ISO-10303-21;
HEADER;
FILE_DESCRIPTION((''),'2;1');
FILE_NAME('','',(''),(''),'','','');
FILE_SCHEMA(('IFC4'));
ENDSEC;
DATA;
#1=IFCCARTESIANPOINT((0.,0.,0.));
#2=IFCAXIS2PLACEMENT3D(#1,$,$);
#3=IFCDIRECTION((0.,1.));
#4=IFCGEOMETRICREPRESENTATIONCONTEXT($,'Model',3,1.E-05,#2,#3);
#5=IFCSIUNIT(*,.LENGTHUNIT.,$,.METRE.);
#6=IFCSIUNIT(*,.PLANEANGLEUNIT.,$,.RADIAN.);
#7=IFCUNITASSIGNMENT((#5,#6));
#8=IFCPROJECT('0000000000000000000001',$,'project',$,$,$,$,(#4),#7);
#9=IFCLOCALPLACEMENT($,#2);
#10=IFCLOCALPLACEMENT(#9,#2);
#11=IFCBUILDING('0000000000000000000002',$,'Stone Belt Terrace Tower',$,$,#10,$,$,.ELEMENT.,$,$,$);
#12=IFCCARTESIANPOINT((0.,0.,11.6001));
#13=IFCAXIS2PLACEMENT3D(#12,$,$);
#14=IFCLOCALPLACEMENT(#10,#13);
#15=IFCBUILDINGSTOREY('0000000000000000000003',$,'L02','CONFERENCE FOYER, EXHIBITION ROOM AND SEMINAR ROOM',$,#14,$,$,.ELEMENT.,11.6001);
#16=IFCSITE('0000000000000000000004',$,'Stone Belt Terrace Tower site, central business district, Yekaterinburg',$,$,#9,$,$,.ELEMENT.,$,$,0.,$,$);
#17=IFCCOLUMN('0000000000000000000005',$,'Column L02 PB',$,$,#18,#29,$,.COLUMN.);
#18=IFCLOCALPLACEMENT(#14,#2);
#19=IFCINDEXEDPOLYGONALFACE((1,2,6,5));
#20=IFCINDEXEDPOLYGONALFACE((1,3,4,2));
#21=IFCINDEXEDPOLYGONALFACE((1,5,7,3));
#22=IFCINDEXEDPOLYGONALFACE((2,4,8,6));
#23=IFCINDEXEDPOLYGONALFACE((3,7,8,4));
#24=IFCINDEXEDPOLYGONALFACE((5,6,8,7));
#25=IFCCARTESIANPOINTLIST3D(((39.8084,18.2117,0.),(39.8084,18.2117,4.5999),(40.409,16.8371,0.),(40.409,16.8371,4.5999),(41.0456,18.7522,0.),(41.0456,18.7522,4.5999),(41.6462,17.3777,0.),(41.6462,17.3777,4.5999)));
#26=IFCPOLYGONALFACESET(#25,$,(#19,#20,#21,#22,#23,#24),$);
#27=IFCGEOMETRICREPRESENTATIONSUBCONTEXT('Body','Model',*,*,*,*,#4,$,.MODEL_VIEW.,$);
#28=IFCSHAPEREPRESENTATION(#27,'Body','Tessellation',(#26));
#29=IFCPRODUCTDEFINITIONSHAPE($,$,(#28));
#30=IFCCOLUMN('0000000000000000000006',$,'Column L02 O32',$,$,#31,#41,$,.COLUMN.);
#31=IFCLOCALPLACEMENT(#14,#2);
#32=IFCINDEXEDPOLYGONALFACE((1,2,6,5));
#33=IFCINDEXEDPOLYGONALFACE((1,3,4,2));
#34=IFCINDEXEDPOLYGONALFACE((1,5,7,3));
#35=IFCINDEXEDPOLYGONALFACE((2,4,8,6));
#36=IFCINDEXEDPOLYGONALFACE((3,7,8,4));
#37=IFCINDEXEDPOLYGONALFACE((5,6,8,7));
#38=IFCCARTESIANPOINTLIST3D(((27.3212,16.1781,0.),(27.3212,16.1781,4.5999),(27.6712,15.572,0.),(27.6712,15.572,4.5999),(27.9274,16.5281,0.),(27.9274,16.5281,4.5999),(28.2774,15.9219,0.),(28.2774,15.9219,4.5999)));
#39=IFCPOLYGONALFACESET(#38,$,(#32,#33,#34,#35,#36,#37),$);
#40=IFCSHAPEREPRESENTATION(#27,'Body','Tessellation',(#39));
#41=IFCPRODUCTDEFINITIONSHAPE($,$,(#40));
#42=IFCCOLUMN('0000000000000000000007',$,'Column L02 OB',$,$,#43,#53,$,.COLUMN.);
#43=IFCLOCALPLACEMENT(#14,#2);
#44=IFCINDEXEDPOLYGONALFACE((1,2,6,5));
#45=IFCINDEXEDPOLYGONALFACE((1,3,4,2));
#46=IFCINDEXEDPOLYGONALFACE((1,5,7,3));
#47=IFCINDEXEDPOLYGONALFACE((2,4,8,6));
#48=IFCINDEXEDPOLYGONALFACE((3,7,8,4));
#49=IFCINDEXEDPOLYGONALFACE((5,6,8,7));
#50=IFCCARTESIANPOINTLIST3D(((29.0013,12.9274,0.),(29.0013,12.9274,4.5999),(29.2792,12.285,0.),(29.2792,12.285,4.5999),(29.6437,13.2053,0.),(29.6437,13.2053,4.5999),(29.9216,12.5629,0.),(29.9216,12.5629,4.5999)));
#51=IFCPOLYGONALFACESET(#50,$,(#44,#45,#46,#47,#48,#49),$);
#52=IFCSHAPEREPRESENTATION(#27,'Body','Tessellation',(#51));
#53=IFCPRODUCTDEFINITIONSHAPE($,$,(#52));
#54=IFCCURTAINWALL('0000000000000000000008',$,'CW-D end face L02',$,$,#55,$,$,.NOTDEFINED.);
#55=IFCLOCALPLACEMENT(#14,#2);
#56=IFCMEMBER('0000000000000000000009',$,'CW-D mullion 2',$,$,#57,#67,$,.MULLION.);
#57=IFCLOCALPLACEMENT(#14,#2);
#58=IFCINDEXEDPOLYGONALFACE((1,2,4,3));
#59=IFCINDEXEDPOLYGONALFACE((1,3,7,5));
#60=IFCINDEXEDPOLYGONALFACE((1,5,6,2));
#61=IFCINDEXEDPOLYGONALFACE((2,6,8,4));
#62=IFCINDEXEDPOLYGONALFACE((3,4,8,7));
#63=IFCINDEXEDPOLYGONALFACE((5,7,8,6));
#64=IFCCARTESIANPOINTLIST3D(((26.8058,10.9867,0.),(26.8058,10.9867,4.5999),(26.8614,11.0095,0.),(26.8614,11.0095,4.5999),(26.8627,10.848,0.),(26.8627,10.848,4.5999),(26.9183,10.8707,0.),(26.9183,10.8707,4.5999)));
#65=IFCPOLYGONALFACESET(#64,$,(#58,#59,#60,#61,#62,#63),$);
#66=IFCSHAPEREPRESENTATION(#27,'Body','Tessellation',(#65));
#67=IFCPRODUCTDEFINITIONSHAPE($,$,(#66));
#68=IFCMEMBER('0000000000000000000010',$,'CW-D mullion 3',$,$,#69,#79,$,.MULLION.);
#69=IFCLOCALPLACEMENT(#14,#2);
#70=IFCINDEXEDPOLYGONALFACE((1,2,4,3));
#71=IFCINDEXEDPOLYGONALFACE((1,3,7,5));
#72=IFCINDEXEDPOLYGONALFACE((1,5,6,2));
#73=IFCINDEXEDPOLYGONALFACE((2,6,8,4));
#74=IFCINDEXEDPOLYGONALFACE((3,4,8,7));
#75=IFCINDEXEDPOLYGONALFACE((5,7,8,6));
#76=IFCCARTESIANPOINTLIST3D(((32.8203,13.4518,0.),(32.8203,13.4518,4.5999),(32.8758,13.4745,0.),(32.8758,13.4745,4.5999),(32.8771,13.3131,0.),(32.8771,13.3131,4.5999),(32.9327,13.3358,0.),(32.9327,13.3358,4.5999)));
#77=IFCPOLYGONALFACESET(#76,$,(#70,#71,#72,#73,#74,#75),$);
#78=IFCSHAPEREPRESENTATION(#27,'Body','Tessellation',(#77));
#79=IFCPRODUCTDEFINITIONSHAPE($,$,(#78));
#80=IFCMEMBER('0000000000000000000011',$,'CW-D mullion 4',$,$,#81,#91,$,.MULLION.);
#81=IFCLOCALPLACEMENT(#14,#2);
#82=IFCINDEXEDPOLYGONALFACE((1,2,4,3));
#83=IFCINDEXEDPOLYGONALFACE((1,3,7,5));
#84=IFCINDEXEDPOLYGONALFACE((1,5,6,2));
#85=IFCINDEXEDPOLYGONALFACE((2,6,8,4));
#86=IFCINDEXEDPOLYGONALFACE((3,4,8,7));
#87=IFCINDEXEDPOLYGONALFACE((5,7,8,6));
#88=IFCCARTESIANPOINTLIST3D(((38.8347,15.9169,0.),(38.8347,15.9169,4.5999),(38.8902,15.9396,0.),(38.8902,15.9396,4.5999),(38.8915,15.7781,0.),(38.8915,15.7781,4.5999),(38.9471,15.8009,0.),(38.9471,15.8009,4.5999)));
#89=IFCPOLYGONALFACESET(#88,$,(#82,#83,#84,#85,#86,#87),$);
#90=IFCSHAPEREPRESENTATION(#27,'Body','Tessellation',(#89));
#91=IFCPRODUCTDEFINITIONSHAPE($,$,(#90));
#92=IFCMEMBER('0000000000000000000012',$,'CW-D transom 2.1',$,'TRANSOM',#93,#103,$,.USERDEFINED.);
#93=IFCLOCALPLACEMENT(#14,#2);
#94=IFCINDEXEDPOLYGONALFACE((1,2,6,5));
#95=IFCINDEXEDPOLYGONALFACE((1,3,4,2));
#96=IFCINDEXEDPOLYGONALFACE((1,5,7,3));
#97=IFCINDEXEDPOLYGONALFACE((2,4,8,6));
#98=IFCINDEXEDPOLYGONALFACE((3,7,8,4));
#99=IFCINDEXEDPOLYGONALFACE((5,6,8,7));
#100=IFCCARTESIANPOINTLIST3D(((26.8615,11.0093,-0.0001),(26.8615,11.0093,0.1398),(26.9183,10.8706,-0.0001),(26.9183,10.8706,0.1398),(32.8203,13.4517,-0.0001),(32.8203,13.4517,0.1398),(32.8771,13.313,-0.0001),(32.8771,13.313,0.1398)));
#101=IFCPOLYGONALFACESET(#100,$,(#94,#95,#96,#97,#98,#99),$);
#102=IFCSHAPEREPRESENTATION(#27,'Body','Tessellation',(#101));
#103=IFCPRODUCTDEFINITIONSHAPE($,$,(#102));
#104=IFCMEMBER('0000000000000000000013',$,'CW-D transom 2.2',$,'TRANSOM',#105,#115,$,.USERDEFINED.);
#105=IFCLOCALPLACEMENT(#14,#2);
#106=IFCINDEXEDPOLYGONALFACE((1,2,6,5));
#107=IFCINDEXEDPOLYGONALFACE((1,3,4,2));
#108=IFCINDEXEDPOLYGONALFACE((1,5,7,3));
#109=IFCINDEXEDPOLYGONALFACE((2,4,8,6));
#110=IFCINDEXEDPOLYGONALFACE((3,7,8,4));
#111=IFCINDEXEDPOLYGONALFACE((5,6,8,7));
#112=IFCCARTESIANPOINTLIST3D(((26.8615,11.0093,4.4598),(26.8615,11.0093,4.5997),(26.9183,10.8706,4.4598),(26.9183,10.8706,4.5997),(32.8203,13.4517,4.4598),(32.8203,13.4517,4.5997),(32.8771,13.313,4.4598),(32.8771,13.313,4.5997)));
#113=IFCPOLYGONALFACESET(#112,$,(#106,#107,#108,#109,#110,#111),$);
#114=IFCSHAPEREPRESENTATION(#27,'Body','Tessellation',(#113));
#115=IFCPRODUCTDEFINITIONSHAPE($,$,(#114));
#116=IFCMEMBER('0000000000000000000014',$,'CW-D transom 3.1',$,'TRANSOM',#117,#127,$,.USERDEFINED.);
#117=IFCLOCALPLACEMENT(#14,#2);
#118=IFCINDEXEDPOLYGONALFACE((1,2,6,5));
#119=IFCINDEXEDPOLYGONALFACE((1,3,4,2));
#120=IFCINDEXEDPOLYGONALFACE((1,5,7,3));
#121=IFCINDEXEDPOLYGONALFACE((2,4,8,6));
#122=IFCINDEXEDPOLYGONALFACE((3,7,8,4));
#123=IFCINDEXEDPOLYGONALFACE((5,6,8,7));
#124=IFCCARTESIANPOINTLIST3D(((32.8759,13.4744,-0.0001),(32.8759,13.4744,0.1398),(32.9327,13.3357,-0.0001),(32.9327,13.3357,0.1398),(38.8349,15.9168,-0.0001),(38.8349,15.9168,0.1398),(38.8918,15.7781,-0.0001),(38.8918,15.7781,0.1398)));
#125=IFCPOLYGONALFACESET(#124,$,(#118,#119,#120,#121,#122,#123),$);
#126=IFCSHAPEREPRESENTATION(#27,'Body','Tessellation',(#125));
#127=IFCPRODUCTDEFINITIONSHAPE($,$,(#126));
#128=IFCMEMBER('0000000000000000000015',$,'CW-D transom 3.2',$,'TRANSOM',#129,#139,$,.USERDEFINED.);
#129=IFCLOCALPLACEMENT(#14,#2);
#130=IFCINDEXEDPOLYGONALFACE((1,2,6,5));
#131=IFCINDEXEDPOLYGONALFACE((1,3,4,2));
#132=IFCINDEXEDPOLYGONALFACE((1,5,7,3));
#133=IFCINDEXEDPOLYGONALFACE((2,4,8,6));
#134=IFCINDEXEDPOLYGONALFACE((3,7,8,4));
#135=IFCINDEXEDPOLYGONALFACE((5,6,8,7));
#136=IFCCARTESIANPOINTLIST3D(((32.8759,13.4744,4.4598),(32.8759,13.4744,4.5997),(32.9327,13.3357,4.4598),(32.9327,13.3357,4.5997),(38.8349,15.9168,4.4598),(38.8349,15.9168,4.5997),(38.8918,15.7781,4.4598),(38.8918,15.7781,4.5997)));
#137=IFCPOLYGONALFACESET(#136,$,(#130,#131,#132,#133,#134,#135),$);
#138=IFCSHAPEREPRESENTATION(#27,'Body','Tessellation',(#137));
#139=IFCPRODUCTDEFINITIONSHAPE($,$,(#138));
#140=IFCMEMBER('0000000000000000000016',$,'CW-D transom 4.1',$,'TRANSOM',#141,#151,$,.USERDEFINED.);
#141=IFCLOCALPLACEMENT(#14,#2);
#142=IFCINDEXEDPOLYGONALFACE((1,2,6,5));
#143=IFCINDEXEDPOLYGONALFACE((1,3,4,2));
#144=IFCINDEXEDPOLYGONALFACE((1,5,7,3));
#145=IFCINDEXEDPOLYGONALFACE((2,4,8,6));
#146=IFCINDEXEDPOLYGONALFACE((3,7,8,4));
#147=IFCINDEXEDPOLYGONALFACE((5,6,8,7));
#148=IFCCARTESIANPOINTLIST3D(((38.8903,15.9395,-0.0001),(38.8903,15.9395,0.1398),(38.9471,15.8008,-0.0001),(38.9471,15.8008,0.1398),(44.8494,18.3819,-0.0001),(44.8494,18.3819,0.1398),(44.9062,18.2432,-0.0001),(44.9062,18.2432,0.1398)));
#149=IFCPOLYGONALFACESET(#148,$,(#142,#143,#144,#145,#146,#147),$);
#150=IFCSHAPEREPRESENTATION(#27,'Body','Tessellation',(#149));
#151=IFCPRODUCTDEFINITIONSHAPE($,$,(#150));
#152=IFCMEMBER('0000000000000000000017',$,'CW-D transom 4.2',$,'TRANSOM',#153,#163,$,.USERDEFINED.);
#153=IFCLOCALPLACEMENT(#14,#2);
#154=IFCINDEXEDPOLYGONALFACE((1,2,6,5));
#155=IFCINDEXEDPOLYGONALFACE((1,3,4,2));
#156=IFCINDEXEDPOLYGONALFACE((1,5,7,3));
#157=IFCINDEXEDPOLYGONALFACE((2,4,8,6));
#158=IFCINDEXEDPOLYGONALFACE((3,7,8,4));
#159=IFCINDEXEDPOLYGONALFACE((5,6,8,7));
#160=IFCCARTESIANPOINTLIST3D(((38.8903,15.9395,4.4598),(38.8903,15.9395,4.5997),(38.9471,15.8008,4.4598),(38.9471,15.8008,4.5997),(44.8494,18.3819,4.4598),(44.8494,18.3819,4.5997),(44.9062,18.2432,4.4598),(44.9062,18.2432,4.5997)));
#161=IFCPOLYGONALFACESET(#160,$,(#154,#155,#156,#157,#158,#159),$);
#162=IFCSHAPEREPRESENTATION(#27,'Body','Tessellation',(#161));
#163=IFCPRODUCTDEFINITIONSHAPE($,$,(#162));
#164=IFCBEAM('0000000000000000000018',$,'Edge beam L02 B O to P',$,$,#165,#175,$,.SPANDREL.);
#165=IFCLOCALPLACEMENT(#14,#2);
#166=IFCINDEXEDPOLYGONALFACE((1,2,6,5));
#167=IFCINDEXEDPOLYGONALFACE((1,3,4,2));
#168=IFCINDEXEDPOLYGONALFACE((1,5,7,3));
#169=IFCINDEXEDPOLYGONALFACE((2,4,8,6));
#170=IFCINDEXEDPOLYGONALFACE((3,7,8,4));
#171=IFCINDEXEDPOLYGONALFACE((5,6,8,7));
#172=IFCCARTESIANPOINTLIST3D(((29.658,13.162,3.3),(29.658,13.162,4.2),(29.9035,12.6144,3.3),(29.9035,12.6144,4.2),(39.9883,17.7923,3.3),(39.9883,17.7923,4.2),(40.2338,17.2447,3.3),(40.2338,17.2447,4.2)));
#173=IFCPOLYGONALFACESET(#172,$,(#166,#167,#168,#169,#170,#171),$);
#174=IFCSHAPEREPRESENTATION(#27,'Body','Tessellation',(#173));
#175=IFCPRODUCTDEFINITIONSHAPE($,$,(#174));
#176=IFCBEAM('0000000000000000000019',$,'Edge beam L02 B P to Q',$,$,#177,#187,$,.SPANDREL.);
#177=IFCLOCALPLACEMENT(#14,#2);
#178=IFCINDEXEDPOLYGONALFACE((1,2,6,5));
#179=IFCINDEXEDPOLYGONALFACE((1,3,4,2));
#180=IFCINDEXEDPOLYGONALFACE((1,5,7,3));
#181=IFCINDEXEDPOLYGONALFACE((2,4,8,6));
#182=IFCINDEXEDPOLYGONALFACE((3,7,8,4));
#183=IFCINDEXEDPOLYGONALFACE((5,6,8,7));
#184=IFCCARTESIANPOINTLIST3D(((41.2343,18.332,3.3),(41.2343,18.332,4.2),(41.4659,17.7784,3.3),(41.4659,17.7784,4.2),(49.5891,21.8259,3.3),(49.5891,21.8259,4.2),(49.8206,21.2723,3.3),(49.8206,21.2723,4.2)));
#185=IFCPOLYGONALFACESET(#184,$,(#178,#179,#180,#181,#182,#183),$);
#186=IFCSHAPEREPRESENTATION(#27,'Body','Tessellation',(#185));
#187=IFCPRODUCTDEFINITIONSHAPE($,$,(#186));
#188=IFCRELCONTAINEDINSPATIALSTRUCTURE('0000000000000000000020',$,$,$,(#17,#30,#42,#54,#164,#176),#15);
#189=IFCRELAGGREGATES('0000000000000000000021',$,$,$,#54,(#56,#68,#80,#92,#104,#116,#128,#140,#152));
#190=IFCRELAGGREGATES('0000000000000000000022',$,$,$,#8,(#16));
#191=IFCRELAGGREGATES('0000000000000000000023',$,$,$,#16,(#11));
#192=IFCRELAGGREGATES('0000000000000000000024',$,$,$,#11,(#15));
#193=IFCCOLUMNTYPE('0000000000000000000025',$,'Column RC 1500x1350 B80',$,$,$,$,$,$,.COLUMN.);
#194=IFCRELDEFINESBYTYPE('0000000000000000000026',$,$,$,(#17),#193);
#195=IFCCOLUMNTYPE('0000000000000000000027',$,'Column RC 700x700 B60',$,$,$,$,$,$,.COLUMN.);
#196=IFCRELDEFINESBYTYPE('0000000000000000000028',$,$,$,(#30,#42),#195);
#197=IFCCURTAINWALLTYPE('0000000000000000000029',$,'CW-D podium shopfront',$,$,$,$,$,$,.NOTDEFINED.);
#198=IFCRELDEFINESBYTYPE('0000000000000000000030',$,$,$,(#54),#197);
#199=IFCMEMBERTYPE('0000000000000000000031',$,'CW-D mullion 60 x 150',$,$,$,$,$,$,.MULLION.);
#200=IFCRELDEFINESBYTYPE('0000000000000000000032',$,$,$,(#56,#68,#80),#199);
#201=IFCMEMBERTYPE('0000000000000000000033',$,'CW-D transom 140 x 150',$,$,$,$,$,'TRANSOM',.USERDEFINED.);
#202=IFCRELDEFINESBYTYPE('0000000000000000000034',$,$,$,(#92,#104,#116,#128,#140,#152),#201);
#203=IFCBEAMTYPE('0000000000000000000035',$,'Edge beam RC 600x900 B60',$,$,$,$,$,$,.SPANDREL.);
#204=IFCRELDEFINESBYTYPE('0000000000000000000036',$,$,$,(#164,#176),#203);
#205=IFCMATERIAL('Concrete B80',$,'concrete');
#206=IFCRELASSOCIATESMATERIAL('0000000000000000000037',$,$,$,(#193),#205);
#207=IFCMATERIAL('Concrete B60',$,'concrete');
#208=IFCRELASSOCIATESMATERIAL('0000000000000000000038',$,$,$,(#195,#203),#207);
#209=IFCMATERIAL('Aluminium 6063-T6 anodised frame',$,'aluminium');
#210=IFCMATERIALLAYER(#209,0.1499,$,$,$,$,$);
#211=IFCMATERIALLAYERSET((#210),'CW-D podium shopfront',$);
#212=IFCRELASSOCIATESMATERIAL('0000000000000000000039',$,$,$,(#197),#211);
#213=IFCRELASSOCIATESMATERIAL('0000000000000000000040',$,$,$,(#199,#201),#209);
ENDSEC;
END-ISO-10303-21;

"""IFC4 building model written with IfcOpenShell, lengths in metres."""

from ifc_helpers import new_model, si_unit, direction, frame, origin, origin_2d, place, context, subcontext, project, spatial, rectangle, extrude, material, layer, layer_set, material_profile, profile_set, type_object, element, aggregate, save


model = new_model("IFC4")

# Units and contexts
model_context = context("Model", 3, precision=1e-05, world=origin(), true_north=direction((0.0, 1.0)))
body_context = subcontext(model_context, "Body", "Model", "MODEL_VIEW")
ifc_project = project(units=[si_unit("LENGTHUNIT", "METRE"), si_unit("PLANEANGLEUNIT", "RADIAN")], contexts=[model_context])

# Site, building, storey
site_placement = place(None, origin())
site = spatial("IfcSite", under=ifc_project, at=site_placement, Name="Stone Belt Terrace Tower site, central business district, Yekaterinburg", CompositionType="ELEMENT", RefElevation=0.0)
building_placement = place(site_placement, origin())
building = spatial("IfcBuilding", under=site, at=building_placement, Name="Stone Belt Terrace Tower", CompositionType="ELEMENT")
storey_placement = place(building_placement, frame((0.0, 0.0, 11.6001)))
storey = spatial("IfcBuildingStorey", under=building, at=storey_placement, Name="L02", Description="CONFERENCE FOYER, EXHIBITION ROOM AND SEMINAR ROOM", CompositionType="ELEMENT", Elevation=11.6001)

# Columns
ifc_material_1 = material(Name="Concrete B80", Category="concrete")
ifc_material_profile_1 = material_profile(ifc_material_1, rectangle(XDim=1.5, YDim=1.3501, at=origin_2d()), Name="RC 1500x1350")
ifc_profile_set_1 = profile_set([ifc_material_profile_1], Name="Concrete B80")
column_type_1 = type_object("IfcColumnType", Name="Column RC 1500x1350 B80", PredefinedType="COLUMN", material=ifc_profile_set_1)
column_placement = place(storey_placement, frame((40.7273, 17.7947, 0.0), z_axis=(0.0, 0.0, 1.0), x_axis=(0.400376, -0.916351, 0.0)))
element("IfcColumn", 1, at=column_placement, inside=storey, type_object=column_type_1, Name="Column L02 PB", PredefinedType="COLUMN", context=body_context, shape_type="SweptSolid", body=[
    extrude(rectangle(XDim=1.5, YDim=1.3501, at=origin_2d()), origin(), (0.0, 0.0, 1.0), 4.5999),
])
ifc_material_2 = material(Name="Concrete B60", Category="concrete")
ifc_material_profile_2 = material_profile(ifc_material_2, rectangle(XDim=0.7, YDim=0.7, at=origin_2d()), Name="RC 700x700")
ifc_profile_set_2 = profile_set([ifc_material_profile_2], Name="Concrete B60")
column_type_2 = type_object("IfcColumnType", Name="Column RC 700x700 B60", PredefinedType="COLUMN", material=ifc_profile_set_2)
for number, where, z_axis, x_axis, name in (
    (2, (27.7993, 16.05, 0.0), (0.0, 0.0, 1.0), (0.5, -0.866025, 0.0), "Column L02 O32"),
    (3, (29.4614, 12.7451, 0.0), (0.0, 0.0, 1.0), (0.397044, -0.9178, 0.0), "Column L02 OB"),
):
    element("IfcColumn", number, at=place(storey_placement, frame(where, z_axis=z_axis, x_axis=x_axis)), inside=storey, type_object=column_type_2, Name=name, PredefinedType="COLUMN", context=body_context, shape_type="SweptSolid", body=[
        extrude(rectangle(XDim=0.7, YDim=0.7, at=origin_2d()), origin(), (0.0, 0.0, 1.0), 4.5999),
    ])

# Curtain wall, members
ifc_material_3 = material(Name="Aluminium 6063-T6 anodised frame", Category="aluminium")
ifc_layer_1 = layer(ifc_material_3, 0.1499)
ifc_layer_set_1 = layer_set([ifc_layer_1], Name="CW-D podium shopfront")
curtain_wall_type = type_object("IfcCurtainWallType", Name="CW-D podium shopfront", PredefinedType="NOTDEFINED", material=ifc_layer_set_1)
curtain_wall_placement = place(storey_placement, origin())
curtain_wall = element("IfcCurtainWall", 4, at=curtain_wall_placement, inside=storey, type_object=curtain_wall_type, Name="CW-D end face L02", PredefinedType="NOTDEFINED")
ifc_material_profile_3 = material_profile(ifc_material_3, rectangle(XDim=0.1499, YDim=0.0601, at=origin_2d()), Name="Aluminium 6063-T6 60x150")
ifc_profile_set_3 = profile_set([ifc_material_profile_3], Name="Aluminium 6063-T6 anodised frame")
member_type_1 = type_object("IfcMemberType", Name="CW-D mullion 60 x 150", PredefinedType="MULLION", material=ifc_profile_set_3)
member_1_placement = place(storey_placement, frame((26.8621, 10.9287, 0.0), z_axis=(0.0, 0.0, 1.0), x_axis=(-0.379243, 0.925297, 0.0)))
member_1 = element("IfcMember", 5, at=member_1_placement, type_object=member_type_1, Name="CW-D mullion 2", PredefinedType="MULLION", context=body_context, shape_type="SweptSolid", body=[
    extrude(rectangle(XDim=0.1499, YDim=0.0601, at=origin_2d()), origin(), (0.0, 0.0, 1.0), 4.5999),
])
member_2_placement = place(storey_placement, frame((32.8765, 13.3938, 0.0), z_axis=(0.0, 0.0, 1.0), x_axis=(-0.379243, 0.925297, 0.0)))
member_2 = element("IfcMember", 6, at=member_2_placement, type_object=member_type_1, Name="CW-D mullion 3", PredefinedType="MULLION", context=body_context, shape_type="SweptSolid", body=[
    extrude(rectangle(XDim=0.1499, YDim=0.0601, at=origin_2d()), origin(), (0.0, 0.0, 1.0), 4.5999),
])
member_3_placement = place(storey_placement, frame((38.8909, 15.8589, 0.0), z_axis=(0.0, 0.0, 1.0), x_axis=(-0.379243, 0.925297, 0.0)))
member_3 = element("IfcMember", 7, at=member_3_placement, type_object=member_type_1, Name="CW-D mullion 4", PredefinedType="MULLION", context=body_context, shape_type="SweptSolid", body=[
    extrude(rectangle(XDim=0.1499, YDim=0.0601, at=origin_2d()), origin(), (0.0, 0.0, 1.0), 4.5999),
])
ifc_material_profile_4 = material_profile(ifc_material_3, rectangle(XDim=0.1499, YDim=0.1399, at=origin_2d()), Name="Aluminium 6063-T6 150x140")
ifc_profile_set_4 = profile_set([ifc_material_profile_4], Name="Aluminium 6063-T6 anodised frame")
member_type_2 = type_object("IfcMemberType", Name="CW-D transom 140 x 150", ElementType="TRANSOM", PredefinedType="USERDEFINED", material=ifc_profile_set_4)
member_4_placement = place(storey_placement, frame((26.8899, 10.9399, 0.0698), z_axis=(0.92529, 0.37926, 0.0), x_axis=(-0.37926, 0.92529, 0.0)))
member_4 = element("IfcMember", 8, at=member_4_placement, type_object=member_type_2, Name="CW-D transom 2.1", ObjectType="TRANSOM", PredefinedType="USERDEFINED", context=body_context, shape_type="SweptSolid", body=[
    extrude(rectangle(XDim=0.1499, YDim=0.1399, at=origin_2d()), origin(), (0.0, 0.0, 1.0), 6.4399),
])
member_5_placement = place(storey_placement, frame((26.8899, 10.9399, 4.5298), z_axis=(0.92529, 0.37926, 0.0), x_axis=(-0.37926, 0.92529, 0.0)))
member_5 = element("IfcMember", 9, at=member_5_placement, type_object=member_type_2, Name="CW-D transom 2.2", ObjectType="TRANSOM", PredefinedType="USERDEFINED", context=body_context, shape_type="SweptSolid", body=[
    extrude(rectangle(XDim=0.1499, YDim=0.1399, at=origin_2d()), origin(), (0.0, 0.0, 1.0), 6.4399),
])
member_6_placement = place(storey_placement, frame((32.9043, 13.405, 0.0698), z_axis=(0.925296, 0.379247, 0.0), x_axis=(-0.379247, 0.925296, 0.0)))
member_6 = element("IfcMember", 10, at=member_6_placement, type_object=member_type_2, Name="CW-D transom 3.1", ObjectType="TRANSOM", PredefinedType="USERDEFINED", context=body_context, shape_type="SweptSolid", body=[
    extrude(rectangle(XDim=0.1499, YDim=0.1399, at=origin_2d()), origin(), (0.0, 0.0, 1.0), 6.4402),
])
member_7_placement = place(storey_placement, frame((32.9043, 13.405, 4.5298), z_axis=(0.925296, 0.379247, 0.0), x_axis=(-0.379247, 0.925296, 0.0)))
member_7 = element("IfcMember", 11, at=member_7_placement, type_object=member_type_2, Name="CW-D transom 3.2", ObjectType="TRANSOM", PredefinedType="USERDEFINED", context=body_context, shape_type="SweptSolid", body=[
    extrude(rectangle(XDim=0.1499, YDim=0.1399, at=origin_2d()), origin(), (0.0, 0.0, 1.0), 6.4402),
])
member_8_placement = place(storey_placement, frame((38.9187, 15.8701, 0.0698), z_axis=(0.925296, 0.379247, 0.0), x_axis=(-0.379247, 0.925296, 0.0)))
member_8 = element("IfcMember", 12, at=member_8_placement, type_object=member_type_2, Name="CW-D transom 4.1", ObjectType="TRANSOM", PredefinedType="USERDEFINED", context=body_context, shape_type="SweptSolid", body=[
    extrude(rectangle(XDim=0.1499, YDim=0.1399, at=origin_2d()), origin(), (0.0, 0.0, 1.0), 6.4402),
])
member_9_placement = place(storey_placement, frame((38.9187, 15.8701, 4.5298), z_axis=(0.925296, 0.379247, 0.0), x_axis=(-0.379247, 0.925296, 0.0)))
member_9 = element("IfcMember", 13, at=member_9_placement, type_object=member_type_2, Name="CW-D transom 4.2", ObjectType="TRANSOM", PredefinedType="USERDEFINED", context=body_context, shape_type="SweptSolid", body=[
    extrude(rectangle(XDim=0.1499, YDim=0.1399, at=origin_2d()), origin(), (0.0, 0.0, 1.0), 6.4402),
])

# Beams
ifc_material_profile_5 = material_profile(ifc_material_2, rectangle(XDim=0.6001, YDim=0.8999, at=origin_2d()), Name="RC 600x900")
ifc_profile_set_5 = profile_set([ifc_material_profile_5], Name="Concrete B60")
beam_type = type_object("IfcBeamType", Name="Edge beam RC 600x900 B60", PredefinedType="SPANDREL", material=ifc_profile_set_5)
beam_1_placement = place(storey_placement, frame((29.7808, 12.8882, 3.75), z_axis=(0.912525, 0.409022, 0.0), x_axis=(-0.409022, 0.912525, 0.0)))
element("IfcBeam", 14, at=beam_1_placement, inside=storey, type_object=beam_type, Name="Edge beam L02 B O to P", PredefinedType="SPANDREL", context=body_context, shape_type="SweptSolid", body=[
    extrude(rectangle(XDim=0.6001, YDim=0.8999, at=origin_2d()), origin(), (0.0, 0.0, 1.0), 11.3206),
])
beam_2_placement = place(storey_placement, frame((41.3501, 18.0552, 3.75), z_axis=(0.922576, 0.385815, 0.0), x_axis=(-0.385815, 0.922576, 0.0)))
element("IfcBeam", 15, at=beam_2_placement, inside=storey, type_object=beam_type, Name="Edge beam L02 B P to Q", PredefinedType="SPANDREL", context=body_context, shape_type="SweptSolid", body=[
    extrude(rectangle(XDim=0.6001, YDim=0.8999, at=origin_2d()), origin(), (0.0, 0.0, 1.0), 9.0559),
])

aggregate(curtain_wall, [member_1, member_2, member_3, member_4, member_5, member_6, member_7, member_8, member_9])

save(model, "model.ifc")
